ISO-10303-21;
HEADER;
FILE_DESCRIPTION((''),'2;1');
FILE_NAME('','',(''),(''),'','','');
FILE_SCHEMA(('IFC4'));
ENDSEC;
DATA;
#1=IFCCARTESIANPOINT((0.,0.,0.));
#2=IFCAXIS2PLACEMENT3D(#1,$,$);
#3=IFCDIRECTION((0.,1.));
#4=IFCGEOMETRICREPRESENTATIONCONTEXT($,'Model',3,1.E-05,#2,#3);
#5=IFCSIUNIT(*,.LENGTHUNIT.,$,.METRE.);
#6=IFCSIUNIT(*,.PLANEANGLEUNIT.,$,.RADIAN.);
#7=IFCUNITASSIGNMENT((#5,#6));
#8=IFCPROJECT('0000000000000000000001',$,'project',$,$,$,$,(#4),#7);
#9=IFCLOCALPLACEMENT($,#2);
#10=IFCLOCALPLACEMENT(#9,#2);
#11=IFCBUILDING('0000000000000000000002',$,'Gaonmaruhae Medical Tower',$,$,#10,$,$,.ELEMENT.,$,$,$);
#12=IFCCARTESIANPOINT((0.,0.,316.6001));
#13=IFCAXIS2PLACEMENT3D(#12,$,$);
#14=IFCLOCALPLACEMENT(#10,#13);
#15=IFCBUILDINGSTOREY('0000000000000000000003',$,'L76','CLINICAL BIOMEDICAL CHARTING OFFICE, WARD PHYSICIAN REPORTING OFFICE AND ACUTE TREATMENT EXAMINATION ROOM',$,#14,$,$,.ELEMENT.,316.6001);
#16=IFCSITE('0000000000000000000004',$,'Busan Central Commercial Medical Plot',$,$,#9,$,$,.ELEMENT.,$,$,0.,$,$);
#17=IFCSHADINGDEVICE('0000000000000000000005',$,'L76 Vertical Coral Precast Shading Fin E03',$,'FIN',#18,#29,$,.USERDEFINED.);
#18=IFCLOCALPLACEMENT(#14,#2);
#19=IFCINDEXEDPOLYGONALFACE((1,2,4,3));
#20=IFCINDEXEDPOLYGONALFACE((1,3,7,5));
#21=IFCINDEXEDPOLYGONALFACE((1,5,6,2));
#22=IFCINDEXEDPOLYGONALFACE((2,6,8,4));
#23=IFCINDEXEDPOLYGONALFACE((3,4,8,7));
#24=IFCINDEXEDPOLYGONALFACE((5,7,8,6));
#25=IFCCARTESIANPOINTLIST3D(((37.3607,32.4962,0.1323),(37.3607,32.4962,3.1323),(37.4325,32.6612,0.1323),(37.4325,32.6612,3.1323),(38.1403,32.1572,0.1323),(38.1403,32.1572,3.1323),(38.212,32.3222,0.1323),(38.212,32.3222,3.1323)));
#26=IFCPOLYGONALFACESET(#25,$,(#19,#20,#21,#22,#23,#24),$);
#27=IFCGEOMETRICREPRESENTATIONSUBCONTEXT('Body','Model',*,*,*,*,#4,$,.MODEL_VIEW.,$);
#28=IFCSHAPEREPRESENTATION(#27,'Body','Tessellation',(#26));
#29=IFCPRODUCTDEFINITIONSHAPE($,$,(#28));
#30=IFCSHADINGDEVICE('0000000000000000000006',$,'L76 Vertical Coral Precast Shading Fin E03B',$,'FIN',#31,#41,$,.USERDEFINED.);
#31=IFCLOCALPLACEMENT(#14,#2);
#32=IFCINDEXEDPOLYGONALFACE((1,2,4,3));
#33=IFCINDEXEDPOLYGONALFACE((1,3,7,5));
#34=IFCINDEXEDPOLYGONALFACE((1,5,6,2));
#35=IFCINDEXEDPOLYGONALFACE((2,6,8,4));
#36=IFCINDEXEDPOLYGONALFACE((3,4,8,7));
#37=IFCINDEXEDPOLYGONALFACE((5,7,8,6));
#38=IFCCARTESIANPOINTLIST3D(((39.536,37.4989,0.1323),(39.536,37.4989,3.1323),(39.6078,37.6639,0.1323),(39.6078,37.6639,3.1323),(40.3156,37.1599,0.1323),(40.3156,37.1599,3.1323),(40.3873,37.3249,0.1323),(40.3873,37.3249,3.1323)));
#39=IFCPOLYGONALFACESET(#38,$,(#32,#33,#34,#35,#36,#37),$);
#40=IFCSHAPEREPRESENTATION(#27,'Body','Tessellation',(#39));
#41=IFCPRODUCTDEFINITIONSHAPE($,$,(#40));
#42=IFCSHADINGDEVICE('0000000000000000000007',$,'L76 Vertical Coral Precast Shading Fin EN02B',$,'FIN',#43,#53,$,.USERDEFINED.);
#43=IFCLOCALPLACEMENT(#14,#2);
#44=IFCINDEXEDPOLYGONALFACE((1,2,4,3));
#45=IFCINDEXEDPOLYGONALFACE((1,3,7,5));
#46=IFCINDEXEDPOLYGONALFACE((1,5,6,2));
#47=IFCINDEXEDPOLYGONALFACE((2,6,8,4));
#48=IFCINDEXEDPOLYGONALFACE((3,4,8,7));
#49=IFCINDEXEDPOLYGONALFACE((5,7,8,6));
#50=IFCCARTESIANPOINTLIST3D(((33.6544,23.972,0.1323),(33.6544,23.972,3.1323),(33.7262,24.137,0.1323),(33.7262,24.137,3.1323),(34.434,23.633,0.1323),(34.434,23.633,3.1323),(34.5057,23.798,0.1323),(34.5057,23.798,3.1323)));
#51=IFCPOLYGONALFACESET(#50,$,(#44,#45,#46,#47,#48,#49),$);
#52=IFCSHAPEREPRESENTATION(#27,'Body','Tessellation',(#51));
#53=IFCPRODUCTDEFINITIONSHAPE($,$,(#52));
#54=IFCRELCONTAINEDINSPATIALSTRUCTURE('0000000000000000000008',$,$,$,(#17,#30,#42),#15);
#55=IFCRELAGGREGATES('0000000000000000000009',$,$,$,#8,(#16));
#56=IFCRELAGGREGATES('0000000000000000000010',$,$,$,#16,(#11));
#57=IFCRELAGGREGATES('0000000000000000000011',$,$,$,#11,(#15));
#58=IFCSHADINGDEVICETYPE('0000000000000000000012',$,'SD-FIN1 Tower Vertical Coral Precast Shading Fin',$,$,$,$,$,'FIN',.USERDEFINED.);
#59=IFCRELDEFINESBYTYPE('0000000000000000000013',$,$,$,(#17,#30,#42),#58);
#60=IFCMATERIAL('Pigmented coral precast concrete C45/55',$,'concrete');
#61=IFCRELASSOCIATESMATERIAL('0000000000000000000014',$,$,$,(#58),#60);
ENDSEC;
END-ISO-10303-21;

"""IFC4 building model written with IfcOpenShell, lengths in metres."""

from ifc_helpers import new_model, si_unit, direction, frame, origin, origin_2d, place, context, subcontext, project, spatial, rectangle, extrude, material, type_object, element, save


model = new_model("IFC4")

# Units and contexts
model_context = context("Model", 3, precision=1e-05, world=origin(), true_north=direction((0.0, 1.0)))
body_context = subcontext(model_context, "Body", "Model", "MODEL_VIEW")
ifc_project = project(units=[si_unit("LENGTHUNIT", "METRE"), si_unit("PLANEANGLEUNIT", "RADIAN")], contexts=[model_context])

# Site, building, storey
site_placement = place(None, origin())
site = spatial("IfcSite", under=ifc_project, at=site_placement, Name="Busan Central Commercial Medical Plot", CompositionType="ELEMENT", RefElevation=0.0)
building_placement = place(site_placement, origin())
building = spatial("IfcBuilding", under=site, at=building_placement, Name="Gaonmaruhae Medical Tower", CompositionType="ELEMENT")
storey_placement = place(building_placement, frame((0.0, 0.0, 316.6001)))
storey = spatial("IfcBuildingStorey", under=building, at=storey_placement, Name="L76", Description="CLINICAL BIOMEDICAL CHARTING OFFICE, WARD PHYSICIAN REPORTING OFFICE AND ACUTE TREATMENT EXAMINATION ROOM", CompositionType="ELEMENT", Elevation=316.6001)

# Shading devices
ifc_material_1 = material(Name="Pigmented coral precast concrete C45/55", Category="concrete")
shading_device_type = type_object("IfcShadingDeviceType", Name="SD-FIN1 Tower Vertical Coral Precast Shading Fin", ElementType="FIN", PredefinedType="USERDEFINED", material=ifc_material_1)
for number, where, z_axis, x_axis, name in (
    (1, (37.7864, 32.4092, 0.1323), (0.0, 0.0, 1.0), (0.398765, 0.917053, 0.0), "L76 Vertical Coral Precast Shading Fin E03"),
    (2, (39.9617, 37.4119, 0.1323), (0.0, 0.0, 1.0), (0.398765, 0.917053, 0.0), "L76 Vertical Coral Precast Shading Fin E03B"),
    (3, (34.0801, 23.885, 0.1323), (0.0, 0.0, 1.0), (0.398749, 0.91706, 0.0), "L76 Vertical Coral Precast Shading Fin EN02B"),
):
    element("IfcShadingDevice", number, at=place(storey_placement, frame(where, z_axis=z_axis, x_axis=x_axis)), inside=storey, type_object=shading_device_type, Name=name, ObjectType="FIN", PredefinedType="USERDEFINED", context=body_context, shape_type="SweptSolid", body=[
        extrude(rectangle(XDim=0.1799, YDim=0.8501, at=origin_2d()), origin(), (0.0, 0.0, 1.0), 3.0),
    ])

save(model, "model.ifc")
